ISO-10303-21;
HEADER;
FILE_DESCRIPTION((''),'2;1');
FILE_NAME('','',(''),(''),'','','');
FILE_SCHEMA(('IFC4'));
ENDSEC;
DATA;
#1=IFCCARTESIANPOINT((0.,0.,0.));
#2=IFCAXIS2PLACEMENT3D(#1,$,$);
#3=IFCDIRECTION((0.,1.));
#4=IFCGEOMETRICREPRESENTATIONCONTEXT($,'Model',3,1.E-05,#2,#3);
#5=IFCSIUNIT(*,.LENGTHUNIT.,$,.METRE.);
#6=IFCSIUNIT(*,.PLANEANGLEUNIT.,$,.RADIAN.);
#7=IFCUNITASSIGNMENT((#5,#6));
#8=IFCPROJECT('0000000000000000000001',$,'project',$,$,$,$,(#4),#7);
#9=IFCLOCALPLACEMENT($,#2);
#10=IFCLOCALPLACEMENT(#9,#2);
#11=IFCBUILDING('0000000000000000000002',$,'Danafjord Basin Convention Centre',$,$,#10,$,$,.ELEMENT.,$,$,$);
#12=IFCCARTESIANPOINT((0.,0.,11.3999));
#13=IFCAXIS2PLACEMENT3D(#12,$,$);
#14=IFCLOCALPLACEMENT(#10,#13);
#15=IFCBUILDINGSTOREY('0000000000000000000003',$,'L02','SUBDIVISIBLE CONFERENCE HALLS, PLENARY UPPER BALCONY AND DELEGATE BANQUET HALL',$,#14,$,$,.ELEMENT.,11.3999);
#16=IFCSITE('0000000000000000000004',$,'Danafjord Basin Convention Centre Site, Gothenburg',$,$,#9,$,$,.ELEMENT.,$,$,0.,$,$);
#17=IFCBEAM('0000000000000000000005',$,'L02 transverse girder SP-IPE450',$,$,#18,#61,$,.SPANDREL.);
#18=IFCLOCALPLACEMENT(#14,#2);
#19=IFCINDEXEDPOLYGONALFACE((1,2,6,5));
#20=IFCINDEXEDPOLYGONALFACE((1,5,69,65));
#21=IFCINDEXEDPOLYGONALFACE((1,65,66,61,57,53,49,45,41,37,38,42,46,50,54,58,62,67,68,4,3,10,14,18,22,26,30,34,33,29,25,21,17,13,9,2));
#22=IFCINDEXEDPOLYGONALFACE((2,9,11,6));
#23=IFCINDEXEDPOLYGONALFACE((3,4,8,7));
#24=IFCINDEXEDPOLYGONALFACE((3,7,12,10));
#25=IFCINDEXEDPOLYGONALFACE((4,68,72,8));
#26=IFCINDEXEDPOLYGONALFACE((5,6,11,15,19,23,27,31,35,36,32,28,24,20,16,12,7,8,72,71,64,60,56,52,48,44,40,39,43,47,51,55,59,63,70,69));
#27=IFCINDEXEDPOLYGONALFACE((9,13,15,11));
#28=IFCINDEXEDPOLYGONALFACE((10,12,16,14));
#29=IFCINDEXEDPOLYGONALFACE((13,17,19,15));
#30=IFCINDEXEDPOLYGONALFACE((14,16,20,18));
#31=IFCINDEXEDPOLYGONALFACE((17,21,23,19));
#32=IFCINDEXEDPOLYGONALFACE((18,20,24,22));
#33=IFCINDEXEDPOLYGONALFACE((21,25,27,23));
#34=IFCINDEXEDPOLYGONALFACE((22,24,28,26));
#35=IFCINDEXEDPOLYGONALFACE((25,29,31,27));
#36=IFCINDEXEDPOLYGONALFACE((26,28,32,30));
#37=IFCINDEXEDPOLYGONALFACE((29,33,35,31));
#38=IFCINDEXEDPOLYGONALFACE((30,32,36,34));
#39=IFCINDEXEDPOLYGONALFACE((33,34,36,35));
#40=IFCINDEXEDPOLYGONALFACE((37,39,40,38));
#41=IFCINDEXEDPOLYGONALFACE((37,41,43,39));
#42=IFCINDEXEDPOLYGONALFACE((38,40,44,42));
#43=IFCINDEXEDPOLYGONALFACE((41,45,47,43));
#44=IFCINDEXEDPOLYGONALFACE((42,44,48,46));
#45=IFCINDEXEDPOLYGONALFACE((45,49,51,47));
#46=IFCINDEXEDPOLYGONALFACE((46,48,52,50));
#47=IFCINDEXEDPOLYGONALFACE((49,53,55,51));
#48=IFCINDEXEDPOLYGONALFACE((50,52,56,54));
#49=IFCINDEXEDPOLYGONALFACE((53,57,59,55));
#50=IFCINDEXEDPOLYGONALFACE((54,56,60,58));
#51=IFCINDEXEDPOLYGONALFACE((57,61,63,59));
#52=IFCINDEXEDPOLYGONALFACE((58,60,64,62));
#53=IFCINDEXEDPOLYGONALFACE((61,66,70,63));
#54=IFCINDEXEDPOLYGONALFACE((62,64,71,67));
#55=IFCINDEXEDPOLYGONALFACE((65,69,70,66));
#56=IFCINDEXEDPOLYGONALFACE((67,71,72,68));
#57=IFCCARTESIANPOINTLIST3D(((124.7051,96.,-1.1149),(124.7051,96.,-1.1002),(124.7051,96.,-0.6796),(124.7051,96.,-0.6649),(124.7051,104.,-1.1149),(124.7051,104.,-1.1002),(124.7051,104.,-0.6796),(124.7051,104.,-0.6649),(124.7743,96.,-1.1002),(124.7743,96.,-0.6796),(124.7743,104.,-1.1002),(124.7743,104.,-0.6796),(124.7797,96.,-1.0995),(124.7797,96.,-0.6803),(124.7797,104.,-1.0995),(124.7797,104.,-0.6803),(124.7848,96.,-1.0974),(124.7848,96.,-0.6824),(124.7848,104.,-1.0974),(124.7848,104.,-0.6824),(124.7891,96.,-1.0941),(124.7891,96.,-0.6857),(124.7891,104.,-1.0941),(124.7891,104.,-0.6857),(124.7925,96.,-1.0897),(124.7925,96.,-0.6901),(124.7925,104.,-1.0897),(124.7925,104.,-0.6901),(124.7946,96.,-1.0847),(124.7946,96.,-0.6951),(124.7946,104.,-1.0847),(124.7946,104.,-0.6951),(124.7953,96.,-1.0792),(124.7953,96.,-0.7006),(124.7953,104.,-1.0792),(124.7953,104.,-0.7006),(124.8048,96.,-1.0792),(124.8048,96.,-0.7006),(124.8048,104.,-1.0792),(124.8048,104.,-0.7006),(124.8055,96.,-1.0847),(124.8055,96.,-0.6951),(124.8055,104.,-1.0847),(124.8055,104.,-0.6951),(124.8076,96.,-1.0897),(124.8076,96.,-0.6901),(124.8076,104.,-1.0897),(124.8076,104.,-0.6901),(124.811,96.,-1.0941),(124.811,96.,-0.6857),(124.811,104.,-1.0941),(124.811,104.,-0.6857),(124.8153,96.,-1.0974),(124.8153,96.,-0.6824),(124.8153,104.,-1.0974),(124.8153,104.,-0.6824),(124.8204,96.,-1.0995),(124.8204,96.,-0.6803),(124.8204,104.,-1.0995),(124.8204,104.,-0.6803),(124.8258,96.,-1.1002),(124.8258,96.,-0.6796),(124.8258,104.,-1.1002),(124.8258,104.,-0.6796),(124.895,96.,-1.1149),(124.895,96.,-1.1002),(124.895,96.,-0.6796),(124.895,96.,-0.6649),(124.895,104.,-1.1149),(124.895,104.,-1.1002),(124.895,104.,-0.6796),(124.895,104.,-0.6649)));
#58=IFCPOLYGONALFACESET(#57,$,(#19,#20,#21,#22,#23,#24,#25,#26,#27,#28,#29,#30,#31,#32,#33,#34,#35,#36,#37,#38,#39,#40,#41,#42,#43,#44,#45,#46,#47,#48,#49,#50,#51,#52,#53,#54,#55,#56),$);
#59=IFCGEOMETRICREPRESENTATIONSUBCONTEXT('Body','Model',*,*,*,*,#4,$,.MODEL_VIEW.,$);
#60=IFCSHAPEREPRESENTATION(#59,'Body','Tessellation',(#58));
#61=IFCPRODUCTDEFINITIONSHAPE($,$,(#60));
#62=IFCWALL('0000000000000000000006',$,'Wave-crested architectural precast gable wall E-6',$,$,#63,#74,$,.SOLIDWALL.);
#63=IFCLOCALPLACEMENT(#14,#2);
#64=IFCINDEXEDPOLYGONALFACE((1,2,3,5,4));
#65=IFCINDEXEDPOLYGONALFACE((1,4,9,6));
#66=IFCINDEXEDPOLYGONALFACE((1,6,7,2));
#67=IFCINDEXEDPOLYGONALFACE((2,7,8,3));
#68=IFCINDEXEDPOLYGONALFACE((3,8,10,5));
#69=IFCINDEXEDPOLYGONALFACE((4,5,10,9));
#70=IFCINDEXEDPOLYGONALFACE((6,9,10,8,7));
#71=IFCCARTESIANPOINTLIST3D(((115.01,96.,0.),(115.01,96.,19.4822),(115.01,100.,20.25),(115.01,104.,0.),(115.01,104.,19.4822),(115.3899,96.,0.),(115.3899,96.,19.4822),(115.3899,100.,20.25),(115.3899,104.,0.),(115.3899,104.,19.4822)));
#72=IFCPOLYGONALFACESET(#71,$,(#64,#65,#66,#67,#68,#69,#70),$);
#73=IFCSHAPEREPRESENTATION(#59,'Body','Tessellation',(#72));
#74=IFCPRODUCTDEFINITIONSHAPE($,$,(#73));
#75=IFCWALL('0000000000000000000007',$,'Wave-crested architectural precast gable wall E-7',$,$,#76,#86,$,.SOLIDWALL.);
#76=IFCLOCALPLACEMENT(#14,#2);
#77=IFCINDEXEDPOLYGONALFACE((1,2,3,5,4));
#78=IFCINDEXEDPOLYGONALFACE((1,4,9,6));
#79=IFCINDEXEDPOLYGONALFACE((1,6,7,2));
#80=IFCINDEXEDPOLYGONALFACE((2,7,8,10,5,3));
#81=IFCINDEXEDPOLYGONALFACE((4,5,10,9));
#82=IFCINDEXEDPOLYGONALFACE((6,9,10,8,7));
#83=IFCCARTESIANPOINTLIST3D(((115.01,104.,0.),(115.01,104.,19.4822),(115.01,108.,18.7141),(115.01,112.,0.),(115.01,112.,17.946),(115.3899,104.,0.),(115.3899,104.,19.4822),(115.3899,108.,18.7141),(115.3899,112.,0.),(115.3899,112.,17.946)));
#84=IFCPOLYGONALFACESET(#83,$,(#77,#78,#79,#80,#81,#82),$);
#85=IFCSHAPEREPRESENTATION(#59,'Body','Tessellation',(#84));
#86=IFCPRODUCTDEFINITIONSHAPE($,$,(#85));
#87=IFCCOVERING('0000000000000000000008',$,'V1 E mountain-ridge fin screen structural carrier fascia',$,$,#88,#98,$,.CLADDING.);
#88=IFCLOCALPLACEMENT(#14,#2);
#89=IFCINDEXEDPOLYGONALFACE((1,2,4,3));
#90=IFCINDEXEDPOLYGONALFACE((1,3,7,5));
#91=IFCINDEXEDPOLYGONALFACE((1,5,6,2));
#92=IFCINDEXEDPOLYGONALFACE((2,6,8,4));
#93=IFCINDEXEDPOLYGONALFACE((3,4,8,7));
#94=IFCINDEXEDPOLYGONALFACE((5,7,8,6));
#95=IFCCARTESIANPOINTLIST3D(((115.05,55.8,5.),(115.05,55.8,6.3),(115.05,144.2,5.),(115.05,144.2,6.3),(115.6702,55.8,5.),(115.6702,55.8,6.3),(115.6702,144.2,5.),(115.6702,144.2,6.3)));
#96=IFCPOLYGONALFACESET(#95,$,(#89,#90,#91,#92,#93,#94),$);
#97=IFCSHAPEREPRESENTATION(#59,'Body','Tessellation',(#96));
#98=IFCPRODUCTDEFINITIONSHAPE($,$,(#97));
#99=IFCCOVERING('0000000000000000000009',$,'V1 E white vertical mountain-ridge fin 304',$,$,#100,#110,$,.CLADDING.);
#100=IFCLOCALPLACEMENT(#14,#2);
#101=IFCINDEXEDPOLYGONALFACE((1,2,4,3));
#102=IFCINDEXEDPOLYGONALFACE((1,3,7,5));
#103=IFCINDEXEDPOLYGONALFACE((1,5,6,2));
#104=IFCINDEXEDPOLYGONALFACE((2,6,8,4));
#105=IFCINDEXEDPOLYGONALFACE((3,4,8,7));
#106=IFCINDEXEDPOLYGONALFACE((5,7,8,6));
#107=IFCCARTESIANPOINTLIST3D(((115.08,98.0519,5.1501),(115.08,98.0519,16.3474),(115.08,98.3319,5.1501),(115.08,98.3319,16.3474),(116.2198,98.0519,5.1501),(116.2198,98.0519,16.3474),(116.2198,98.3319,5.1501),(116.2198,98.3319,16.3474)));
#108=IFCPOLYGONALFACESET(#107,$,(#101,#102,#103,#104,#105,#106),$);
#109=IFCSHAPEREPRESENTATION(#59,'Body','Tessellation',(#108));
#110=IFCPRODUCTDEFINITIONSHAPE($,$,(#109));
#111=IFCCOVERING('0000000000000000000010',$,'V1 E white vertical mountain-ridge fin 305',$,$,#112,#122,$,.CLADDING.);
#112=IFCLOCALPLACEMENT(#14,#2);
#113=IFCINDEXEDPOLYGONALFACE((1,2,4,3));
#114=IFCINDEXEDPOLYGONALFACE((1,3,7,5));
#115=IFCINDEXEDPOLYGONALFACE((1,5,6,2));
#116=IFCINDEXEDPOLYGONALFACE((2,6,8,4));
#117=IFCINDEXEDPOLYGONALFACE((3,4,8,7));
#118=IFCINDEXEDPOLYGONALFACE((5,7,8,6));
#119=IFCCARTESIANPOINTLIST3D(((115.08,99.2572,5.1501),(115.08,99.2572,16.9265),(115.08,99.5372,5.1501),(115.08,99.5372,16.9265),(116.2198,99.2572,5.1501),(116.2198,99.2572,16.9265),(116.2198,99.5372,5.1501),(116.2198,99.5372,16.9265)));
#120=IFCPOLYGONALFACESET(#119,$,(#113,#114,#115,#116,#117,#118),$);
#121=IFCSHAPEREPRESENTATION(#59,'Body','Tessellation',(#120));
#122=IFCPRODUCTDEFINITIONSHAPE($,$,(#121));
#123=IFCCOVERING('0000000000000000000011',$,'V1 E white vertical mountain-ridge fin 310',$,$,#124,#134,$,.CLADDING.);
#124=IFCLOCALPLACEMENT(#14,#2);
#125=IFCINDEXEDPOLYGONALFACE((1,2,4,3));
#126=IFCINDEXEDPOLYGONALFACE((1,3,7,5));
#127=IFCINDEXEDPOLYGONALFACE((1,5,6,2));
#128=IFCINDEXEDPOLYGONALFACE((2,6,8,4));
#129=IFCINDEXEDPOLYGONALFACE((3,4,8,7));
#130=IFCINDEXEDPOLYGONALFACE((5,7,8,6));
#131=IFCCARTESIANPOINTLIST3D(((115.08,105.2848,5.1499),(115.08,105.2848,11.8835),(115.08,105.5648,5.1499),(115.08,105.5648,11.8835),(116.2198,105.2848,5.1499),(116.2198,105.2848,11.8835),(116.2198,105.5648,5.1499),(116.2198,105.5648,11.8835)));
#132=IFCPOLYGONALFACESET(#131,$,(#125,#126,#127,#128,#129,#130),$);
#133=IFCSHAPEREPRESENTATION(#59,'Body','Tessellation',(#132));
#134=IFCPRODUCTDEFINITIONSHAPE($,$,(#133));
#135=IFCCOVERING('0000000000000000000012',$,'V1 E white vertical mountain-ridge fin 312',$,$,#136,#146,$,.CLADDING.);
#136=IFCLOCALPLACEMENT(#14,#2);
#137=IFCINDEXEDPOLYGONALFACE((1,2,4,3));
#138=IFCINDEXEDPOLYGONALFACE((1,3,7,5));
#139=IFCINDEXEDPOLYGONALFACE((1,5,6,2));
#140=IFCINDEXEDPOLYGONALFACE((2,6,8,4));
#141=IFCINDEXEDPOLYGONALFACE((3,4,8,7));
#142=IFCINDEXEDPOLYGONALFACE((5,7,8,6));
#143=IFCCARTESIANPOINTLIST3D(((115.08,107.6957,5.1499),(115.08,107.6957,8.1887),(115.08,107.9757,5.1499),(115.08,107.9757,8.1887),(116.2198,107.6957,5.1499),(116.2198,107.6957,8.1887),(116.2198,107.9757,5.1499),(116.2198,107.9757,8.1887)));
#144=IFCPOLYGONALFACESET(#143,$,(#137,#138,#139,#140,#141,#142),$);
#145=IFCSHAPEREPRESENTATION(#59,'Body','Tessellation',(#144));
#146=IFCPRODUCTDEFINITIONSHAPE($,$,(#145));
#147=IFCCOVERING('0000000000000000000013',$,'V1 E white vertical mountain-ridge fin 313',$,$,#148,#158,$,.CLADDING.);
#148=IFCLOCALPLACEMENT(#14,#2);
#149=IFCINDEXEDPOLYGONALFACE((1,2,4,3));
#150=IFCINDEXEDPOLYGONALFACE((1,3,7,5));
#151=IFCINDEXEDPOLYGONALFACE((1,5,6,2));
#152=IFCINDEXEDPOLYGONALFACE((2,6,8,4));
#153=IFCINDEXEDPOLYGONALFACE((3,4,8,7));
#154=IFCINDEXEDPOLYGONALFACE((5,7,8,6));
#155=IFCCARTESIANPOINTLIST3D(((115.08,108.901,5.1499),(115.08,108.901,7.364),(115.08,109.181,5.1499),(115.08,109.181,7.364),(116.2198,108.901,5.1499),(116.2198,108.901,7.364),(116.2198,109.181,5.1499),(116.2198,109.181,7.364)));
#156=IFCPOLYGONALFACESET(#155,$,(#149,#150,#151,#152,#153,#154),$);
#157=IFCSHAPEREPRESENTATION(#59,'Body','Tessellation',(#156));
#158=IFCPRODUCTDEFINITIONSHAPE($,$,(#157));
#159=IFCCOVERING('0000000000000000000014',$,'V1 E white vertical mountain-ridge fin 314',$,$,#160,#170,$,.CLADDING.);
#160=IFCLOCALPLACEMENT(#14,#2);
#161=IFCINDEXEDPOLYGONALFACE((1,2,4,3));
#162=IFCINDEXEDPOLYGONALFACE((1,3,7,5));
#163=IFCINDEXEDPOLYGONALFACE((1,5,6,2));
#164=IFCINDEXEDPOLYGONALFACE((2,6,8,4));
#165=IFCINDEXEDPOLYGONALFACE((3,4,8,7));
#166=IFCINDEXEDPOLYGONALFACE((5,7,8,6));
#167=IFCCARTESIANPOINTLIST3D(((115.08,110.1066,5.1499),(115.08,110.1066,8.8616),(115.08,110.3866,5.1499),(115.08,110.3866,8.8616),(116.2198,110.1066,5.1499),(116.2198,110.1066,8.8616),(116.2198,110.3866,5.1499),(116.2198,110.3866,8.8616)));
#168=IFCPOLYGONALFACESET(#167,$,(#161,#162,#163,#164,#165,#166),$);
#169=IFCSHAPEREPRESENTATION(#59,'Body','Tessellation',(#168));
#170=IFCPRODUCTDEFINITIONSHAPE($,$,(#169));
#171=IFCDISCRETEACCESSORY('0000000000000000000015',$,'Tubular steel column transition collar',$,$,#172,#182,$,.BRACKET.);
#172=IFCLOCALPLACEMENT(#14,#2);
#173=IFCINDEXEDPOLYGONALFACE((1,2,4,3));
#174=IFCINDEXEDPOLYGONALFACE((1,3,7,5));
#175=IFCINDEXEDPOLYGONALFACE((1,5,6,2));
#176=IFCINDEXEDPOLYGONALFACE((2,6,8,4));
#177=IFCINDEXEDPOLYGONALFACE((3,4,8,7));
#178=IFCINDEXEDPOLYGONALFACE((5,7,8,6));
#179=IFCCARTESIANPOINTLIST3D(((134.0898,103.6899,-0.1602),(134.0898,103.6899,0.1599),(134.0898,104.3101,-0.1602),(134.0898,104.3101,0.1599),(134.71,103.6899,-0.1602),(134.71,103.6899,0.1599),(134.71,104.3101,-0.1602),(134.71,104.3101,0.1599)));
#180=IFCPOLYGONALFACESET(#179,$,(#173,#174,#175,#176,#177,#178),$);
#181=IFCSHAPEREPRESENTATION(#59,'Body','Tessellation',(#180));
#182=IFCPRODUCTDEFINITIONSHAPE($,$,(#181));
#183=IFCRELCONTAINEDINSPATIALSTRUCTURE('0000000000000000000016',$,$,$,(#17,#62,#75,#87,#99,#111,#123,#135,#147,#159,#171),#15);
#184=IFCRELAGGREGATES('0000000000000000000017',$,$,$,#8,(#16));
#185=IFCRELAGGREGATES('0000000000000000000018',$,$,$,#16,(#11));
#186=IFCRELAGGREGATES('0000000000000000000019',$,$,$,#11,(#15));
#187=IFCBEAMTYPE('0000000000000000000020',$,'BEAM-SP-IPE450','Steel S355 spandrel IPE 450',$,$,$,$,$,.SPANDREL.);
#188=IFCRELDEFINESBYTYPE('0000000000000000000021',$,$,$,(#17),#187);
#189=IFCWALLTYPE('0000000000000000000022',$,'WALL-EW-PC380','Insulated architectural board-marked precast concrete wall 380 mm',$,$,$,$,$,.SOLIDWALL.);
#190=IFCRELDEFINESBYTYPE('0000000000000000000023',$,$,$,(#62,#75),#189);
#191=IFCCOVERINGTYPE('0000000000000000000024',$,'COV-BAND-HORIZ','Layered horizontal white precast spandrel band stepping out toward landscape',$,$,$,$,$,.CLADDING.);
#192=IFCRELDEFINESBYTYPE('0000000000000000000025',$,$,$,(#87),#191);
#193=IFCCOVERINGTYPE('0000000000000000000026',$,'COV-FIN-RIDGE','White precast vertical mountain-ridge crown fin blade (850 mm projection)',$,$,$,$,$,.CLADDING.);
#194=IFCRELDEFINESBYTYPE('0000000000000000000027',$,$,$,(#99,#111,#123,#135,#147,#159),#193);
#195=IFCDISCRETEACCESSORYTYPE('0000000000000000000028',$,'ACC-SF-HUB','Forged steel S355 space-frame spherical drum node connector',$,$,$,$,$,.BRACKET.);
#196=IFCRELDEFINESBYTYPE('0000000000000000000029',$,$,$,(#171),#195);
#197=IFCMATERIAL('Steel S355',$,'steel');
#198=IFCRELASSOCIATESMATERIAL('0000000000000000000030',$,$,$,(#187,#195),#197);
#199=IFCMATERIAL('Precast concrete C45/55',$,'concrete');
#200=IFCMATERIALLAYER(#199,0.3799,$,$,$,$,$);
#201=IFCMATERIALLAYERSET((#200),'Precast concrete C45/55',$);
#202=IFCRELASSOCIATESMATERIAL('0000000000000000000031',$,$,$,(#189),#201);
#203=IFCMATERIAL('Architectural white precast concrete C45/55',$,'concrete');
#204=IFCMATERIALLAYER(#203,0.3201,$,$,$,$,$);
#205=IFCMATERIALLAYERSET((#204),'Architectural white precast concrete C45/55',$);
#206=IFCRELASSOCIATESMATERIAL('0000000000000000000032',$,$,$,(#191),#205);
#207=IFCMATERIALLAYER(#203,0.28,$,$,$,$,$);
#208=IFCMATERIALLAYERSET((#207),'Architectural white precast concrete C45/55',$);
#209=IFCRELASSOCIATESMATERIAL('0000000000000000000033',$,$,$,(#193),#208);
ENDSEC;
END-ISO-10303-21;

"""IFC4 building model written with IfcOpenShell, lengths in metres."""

from ifc_helpers import new_model, si_unit, direction, frame, origin, origin_2d, place, context, subcontext, project, spatial, polyline, rectangle, i_section, outline, extrude, material, layer, layer_set, material_profile, profile_set, type_object, element, save


model = new_model("IFC4")

# Units and contexts
model_context = context("Model", 3, precision=1e-05, world=origin(), true_north=direction((0.0, 1.0)))
body_context = subcontext(model_context, "Body", "Model", "MODEL_VIEW")
ifc_project = project(units=[si_unit("LENGTHUNIT", "METRE"), si_unit("PLANEANGLEUNIT", "RADIAN")], contexts=[model_context])

# Site, building, storey
site_placement = place(None, origin())
site = spatial("IfcSite", under=ifc_project, at=site_placement, Name="Danafjord Basin Convention Centre Site, Gothenburg", CompositionType="ELEMENT", RefElevation=0.0)
building_placement = place(site_placement, origin())
building = spatial("IfcBuilding", under=site, at=building_placement, Name="Danafjord Basin Convention Centre", CompositionType="ELEMENT")
storey_placement = place(building_placement, frame((0.0, 0.0, 11.3999)))
storey = spatial("IfcBuildingStorey", under=building, at=storey_placement, Name="L02", Description="SUBDIVISIBLE CONFERENCE HALLS, PLENARY UPPER BALCONY AND DELEGATE BANQUET HALL", CompositionType="ELEMENT", Elevation=11.3999)

# Shared definitions
ifc_material_1 = material(Name="Steel S355", Category="steel")

# Beam
ifc_material_profile_1 = material_profile(ifc_material_1, i_section(OverallWidth=0.1899, OverallDepth=0.45, WebThickness=0.0095, FlangeThickness=0.0146, FilletRadius=0.021, at=origin_2d()), Name="IPE 450")
ifc_profile_set_1 = profile_set([ifc_material_profile_1], Name="Steel S355")
beam_type_1 = type_object("IfcBeamType", Name="BEAM-SP-IPE450", Description="Steel S355 spandrel IPE 450", PredefinedType="SPANDREL", material=ifc_profile_set_1)
beam_1_placement = place(storey_placement, frame((124.8, 96.0, -0.8899), z_axis=(0.0, 1.0, 0.0), x_axis=(-1.0, 0.0, 0.0)))
element("IfcBeam", 1, at=beam_1_placement, inside=storey, type_object=beam_type_1, Name="L02 transverse girder SP-IPE450", PredefinedType="SPANDREL", context=body_context, shape_type="SweptSolid", body=[
    extrude(i_section(OverallWidth=0.1899, OverallDepth=0.45, WebThickness=0.0095, FlangeThickness=0.0146, FilletRadius=0.021, at=origin_2d()), origin(), (0.0, 0.0, 1.0), 8.0),
])

# Walls
ifc_material_2 = material(Name="Precast concrete C45/55", Category="concrete")
ifc_layer_1 = layer(ifc_material_2, 0.3799)
ifc_layer_set_1 = layer_set([ifc_layer_1], Name="Precast concrete C45/55")
wall_type = type_object("IfcWallType", Name="WALL-EW-PC380", Description="Insulated architectural board-marked precast concrete wall 380 mm", PredefinedType="SOLIDWALL", material=ifc_layer_set_1)
wall_1_placement = place(storey_placement, frame((115.2, 96.0, 0.0), z_axis=(0.0, 0.0, 1.0), x_axis=(0.0, 1.0, 0.0)))
element("IfcWall", 2, at=wall_1_placement, inside=storey, type_object=wall_type, Name="Wave-crested architectural precast gable wall E-6", PredefinedType="SOLIDWALL", context=body_context, shape_type="SweptSolid", body=[
    extrude(outline(polyline([(0.0, 0.0), (8.0, 0.0), (8.0, 19.4822), (4.0, 20.25), (0.0, 19.4822), (0.0, 0.0)])), frame((0.0, 0.1899, 0.0), z_axis=(0.0, -1.0, 0.0), x_axis=(1.0, 0.0, 0.0)), (0.0, 0.0, 1.0), 0.3799),
])
wall_2_placement = place(storey_placement, frame((115.2, 104.0, 0.0), z_axis=(0.0, 0.0, 1.0), x_axis=(0.0, 1.0, 0.0)))
element("IfcWall", 3, at=wall_2_placement, inside=storey, type_object=wall_type, Name="Wave-crested architectural precast gable wall E-7", PredefinedType="SOLIDWALL", context=body_context, shape_type="SweptSolid", body=[
    extrude(outline(polyline([(0.0, 0.0), (8.0, 0.0), (8.0, 17.946), (4.0, 18.7141), (0.0, 19.4822), (0.0, 0.0)])), frame((0.0, 0.1899, 0.0), z_axis=(0.0, -1.0, 0.0), x_axis=(1.0, 0.0, 0.0)), (0.0, 0.0, 1.0), 0.3799),
])

# Coverings
ifc_material_3 = material(Name="Architectural white precast concrete C45/55", Category="concrete")
ifc_layer_2 = layer(ifc_material_3, 0.3201)
ifc_layer_set_2 = layer_set([ifc_layer_2], Name="Architectural white precast concrete C45/55")
covering_type_1 = type_object("IfcCoveringType", Name="COV-BAND-HORIZ", Description="Layered horizontal white precast spandrel band stepping out toward landscape", PredefinedType="CLADDING", material=ifc_layer_set_2)
covering_1_placement = place(storey_placement, frame((115.3601, 100.0, 5.0), z_axis=(0.0, 0.0, 1.0), x_axis=(0.0, 1.0, 0.0)))
element("IfcCovering", 4, at=covering_1_placement, inside=storey, type_object=covering_type_1, Name="V1 E mountain-ridge fin screen structural carrier fascia", PredefinedType="CLADDING", context=body_context, shape_type="SweptSolid", body=[
    extrude(rectangle(XDim=88.3999, YDim=0.6201, at=origin_2d()), origin(), (0.0, 0.0, 1.0), 1.3),
])
ifc_layer_3 = layer(ifc_material_3, 0.28)
ifc_layer_set_3 = layer_set([ifc_layer_3], Name="Architectural white precast concrete C45/55")
covering_type_2 = type_object("IfcCoveringType", Name="COV-FIN-RIDGE", Description="White precast vertical mountain-ridge crown fin blade (850 mm projection)", PredefinedType="CLADDING", material=ifc_layer_set_3)
covering_2_placement = place(storey_placement, frame((115.6499, 98.1919, 5.1501), z_axis=(0.0, 0.0, 1.0), x_axis=(1.0, 0.0, 0.0)))
element("IfcCovering", 5, at=covering_2_placement, inside=storey, type_object=covering_type_2, Name="V1 E white vertical mountain-ridge fin 304", PredefinedType="CLADDING", context=body_context, shape_type="SweptSolid", body=[
    extrude(rectangle(XDim=1.1399, YDim=0.28, at=origin_2d()), origin(), (0.0, 0.0, 1.0), 11.1973),
])
covering_3_placement = place(storey_placement, frame((115.6499, 99.3972, 5.1501), z_axis=(0.0, 0.0, 1.0), x_axis=(1.0, 0.0, 0.0)))
element("IfcCovering", 6, at=covering_3_placement, inside=storey, type_object=covering_type_2, Name="V1 E white vertical mountain-ridge fin 305", PredefinedType="CLADDING", context=body_context, shape_type="SweptSolid", body=[
    extrude(rectangle(XDim=1.1399, YDim=0.28, at=origin_2d()), origin(), (0.0, 0.0, 1.0), 11.7764),
])
covering_4_placement = place(storey_placement, frame((115.6499, 105.4248, 5.1499), z_axis=(0.0, 0.0, 1.0), x_axis=(1.0, 0.0, 0.0)))
element("IfcCovering", 7, at=covering_4_placement, inside=storey, type_object=covering_type_2, Name="V1 E white vertical mountain-ridge fin 310", PredefinedType="CLADDING", context=body_context, shape_type="SweptSolid", body=[
    extrude(rectangle(XDim=1.1399, YDim=0.28, at=origin_2d()), origin(), (0.0, 0.0, 1.0), 6.7336),
])
covering_5_placement = place(storey_placement, frame((115.6499, 107.8357, 5.1499), z_axis=(0.0, 0.0, 1.0), x_axis=(1.0, 0.0, 0.0)))
element("IfcCovering", 8, at=covering_5_placement, inside=storey, type_object=covering_type_2, Name="V1 E white vertical mountain-ridge fin 312", PredefinedType="CLADDING", context=body_context, shape_type="SweptSolid", body=[
    extrude(rectangle(XDim=1.1399, YDim=0.28, at=origin_2d()), origin(), (0.0, 0.0, 1.0), 3.0388),
])
covering_6_placement = place(storey_placement, frame((115.6499, 109.041, 5.1499), z_axis=(0.0, 0.0, 1.0), x_axis=(1.0, 0.0, 0.0)))
element("IfcCovering", 9, at=covering_6_placement, inside=storey, type_object=covering_type_2, Name="V1 E white vertical mountain-ridge fin 313", PredefinedType="CLADDING", context=body_context, shape_type="SweptSolid", body=[
    extrude(rectangle(XDim=1.1399, YDim=0.28, at=origin_2d()), origin(), (0.0, 0.0, 1.0), 2.2141),
])
covering_7_placement = place(storey_placement, frame((115.6499, 110.2466, 5.1499), z_axis=(0.0, 0.0, 1.0), x_axis=(1.0, 0.0, 0.0)))
element("IfcCovering", 10, at=covering_7_placement, inside=storey, type_object=covering_type_2, Name="V1 E white vertical mountain-ridge fin 314", PredefinedType="CLADDING", context=body_context, shape_type="SweptSolid", body=[
    extrude(rectangle(XDim=1.1399, YDim=0.28, at=origin_2d()), origin(), (0.0, 0.0, 1.0), 3.7117),
])

# Discrete accessory
discrete_accessory_type = type_object("IfcDiscreteAccessoryType", Name="ACC-SF-HUB", Description="Forged steel S355 space-frame spherical drum node connector", PredefinedType="BRACKET", material=ifc_material_1)
discrete_accessory_placement = place(storey_placement, frame((134.3999, 104.0, -0.1602), z_axis=(0.0, 0.0, 1.0), x_axis=(1.0, 0.0, 0.0)))
element("IfcDiscreteAccessory", 11, at=discrete_accessory_placement, inside=storey, type_object=discrete_accessory_type, Name="Tubular steel column transition collar", PredefinedType="BRACKET", context=body_context, shape_type="SweptSolid", body=[
    extrude(rectangle(XDim=0.6201, YDim=0.6201, at=origin_2d()), origin(), (0.0, 0.0, 1.0), 0.3201),
])

save(model, "model.ifc")
